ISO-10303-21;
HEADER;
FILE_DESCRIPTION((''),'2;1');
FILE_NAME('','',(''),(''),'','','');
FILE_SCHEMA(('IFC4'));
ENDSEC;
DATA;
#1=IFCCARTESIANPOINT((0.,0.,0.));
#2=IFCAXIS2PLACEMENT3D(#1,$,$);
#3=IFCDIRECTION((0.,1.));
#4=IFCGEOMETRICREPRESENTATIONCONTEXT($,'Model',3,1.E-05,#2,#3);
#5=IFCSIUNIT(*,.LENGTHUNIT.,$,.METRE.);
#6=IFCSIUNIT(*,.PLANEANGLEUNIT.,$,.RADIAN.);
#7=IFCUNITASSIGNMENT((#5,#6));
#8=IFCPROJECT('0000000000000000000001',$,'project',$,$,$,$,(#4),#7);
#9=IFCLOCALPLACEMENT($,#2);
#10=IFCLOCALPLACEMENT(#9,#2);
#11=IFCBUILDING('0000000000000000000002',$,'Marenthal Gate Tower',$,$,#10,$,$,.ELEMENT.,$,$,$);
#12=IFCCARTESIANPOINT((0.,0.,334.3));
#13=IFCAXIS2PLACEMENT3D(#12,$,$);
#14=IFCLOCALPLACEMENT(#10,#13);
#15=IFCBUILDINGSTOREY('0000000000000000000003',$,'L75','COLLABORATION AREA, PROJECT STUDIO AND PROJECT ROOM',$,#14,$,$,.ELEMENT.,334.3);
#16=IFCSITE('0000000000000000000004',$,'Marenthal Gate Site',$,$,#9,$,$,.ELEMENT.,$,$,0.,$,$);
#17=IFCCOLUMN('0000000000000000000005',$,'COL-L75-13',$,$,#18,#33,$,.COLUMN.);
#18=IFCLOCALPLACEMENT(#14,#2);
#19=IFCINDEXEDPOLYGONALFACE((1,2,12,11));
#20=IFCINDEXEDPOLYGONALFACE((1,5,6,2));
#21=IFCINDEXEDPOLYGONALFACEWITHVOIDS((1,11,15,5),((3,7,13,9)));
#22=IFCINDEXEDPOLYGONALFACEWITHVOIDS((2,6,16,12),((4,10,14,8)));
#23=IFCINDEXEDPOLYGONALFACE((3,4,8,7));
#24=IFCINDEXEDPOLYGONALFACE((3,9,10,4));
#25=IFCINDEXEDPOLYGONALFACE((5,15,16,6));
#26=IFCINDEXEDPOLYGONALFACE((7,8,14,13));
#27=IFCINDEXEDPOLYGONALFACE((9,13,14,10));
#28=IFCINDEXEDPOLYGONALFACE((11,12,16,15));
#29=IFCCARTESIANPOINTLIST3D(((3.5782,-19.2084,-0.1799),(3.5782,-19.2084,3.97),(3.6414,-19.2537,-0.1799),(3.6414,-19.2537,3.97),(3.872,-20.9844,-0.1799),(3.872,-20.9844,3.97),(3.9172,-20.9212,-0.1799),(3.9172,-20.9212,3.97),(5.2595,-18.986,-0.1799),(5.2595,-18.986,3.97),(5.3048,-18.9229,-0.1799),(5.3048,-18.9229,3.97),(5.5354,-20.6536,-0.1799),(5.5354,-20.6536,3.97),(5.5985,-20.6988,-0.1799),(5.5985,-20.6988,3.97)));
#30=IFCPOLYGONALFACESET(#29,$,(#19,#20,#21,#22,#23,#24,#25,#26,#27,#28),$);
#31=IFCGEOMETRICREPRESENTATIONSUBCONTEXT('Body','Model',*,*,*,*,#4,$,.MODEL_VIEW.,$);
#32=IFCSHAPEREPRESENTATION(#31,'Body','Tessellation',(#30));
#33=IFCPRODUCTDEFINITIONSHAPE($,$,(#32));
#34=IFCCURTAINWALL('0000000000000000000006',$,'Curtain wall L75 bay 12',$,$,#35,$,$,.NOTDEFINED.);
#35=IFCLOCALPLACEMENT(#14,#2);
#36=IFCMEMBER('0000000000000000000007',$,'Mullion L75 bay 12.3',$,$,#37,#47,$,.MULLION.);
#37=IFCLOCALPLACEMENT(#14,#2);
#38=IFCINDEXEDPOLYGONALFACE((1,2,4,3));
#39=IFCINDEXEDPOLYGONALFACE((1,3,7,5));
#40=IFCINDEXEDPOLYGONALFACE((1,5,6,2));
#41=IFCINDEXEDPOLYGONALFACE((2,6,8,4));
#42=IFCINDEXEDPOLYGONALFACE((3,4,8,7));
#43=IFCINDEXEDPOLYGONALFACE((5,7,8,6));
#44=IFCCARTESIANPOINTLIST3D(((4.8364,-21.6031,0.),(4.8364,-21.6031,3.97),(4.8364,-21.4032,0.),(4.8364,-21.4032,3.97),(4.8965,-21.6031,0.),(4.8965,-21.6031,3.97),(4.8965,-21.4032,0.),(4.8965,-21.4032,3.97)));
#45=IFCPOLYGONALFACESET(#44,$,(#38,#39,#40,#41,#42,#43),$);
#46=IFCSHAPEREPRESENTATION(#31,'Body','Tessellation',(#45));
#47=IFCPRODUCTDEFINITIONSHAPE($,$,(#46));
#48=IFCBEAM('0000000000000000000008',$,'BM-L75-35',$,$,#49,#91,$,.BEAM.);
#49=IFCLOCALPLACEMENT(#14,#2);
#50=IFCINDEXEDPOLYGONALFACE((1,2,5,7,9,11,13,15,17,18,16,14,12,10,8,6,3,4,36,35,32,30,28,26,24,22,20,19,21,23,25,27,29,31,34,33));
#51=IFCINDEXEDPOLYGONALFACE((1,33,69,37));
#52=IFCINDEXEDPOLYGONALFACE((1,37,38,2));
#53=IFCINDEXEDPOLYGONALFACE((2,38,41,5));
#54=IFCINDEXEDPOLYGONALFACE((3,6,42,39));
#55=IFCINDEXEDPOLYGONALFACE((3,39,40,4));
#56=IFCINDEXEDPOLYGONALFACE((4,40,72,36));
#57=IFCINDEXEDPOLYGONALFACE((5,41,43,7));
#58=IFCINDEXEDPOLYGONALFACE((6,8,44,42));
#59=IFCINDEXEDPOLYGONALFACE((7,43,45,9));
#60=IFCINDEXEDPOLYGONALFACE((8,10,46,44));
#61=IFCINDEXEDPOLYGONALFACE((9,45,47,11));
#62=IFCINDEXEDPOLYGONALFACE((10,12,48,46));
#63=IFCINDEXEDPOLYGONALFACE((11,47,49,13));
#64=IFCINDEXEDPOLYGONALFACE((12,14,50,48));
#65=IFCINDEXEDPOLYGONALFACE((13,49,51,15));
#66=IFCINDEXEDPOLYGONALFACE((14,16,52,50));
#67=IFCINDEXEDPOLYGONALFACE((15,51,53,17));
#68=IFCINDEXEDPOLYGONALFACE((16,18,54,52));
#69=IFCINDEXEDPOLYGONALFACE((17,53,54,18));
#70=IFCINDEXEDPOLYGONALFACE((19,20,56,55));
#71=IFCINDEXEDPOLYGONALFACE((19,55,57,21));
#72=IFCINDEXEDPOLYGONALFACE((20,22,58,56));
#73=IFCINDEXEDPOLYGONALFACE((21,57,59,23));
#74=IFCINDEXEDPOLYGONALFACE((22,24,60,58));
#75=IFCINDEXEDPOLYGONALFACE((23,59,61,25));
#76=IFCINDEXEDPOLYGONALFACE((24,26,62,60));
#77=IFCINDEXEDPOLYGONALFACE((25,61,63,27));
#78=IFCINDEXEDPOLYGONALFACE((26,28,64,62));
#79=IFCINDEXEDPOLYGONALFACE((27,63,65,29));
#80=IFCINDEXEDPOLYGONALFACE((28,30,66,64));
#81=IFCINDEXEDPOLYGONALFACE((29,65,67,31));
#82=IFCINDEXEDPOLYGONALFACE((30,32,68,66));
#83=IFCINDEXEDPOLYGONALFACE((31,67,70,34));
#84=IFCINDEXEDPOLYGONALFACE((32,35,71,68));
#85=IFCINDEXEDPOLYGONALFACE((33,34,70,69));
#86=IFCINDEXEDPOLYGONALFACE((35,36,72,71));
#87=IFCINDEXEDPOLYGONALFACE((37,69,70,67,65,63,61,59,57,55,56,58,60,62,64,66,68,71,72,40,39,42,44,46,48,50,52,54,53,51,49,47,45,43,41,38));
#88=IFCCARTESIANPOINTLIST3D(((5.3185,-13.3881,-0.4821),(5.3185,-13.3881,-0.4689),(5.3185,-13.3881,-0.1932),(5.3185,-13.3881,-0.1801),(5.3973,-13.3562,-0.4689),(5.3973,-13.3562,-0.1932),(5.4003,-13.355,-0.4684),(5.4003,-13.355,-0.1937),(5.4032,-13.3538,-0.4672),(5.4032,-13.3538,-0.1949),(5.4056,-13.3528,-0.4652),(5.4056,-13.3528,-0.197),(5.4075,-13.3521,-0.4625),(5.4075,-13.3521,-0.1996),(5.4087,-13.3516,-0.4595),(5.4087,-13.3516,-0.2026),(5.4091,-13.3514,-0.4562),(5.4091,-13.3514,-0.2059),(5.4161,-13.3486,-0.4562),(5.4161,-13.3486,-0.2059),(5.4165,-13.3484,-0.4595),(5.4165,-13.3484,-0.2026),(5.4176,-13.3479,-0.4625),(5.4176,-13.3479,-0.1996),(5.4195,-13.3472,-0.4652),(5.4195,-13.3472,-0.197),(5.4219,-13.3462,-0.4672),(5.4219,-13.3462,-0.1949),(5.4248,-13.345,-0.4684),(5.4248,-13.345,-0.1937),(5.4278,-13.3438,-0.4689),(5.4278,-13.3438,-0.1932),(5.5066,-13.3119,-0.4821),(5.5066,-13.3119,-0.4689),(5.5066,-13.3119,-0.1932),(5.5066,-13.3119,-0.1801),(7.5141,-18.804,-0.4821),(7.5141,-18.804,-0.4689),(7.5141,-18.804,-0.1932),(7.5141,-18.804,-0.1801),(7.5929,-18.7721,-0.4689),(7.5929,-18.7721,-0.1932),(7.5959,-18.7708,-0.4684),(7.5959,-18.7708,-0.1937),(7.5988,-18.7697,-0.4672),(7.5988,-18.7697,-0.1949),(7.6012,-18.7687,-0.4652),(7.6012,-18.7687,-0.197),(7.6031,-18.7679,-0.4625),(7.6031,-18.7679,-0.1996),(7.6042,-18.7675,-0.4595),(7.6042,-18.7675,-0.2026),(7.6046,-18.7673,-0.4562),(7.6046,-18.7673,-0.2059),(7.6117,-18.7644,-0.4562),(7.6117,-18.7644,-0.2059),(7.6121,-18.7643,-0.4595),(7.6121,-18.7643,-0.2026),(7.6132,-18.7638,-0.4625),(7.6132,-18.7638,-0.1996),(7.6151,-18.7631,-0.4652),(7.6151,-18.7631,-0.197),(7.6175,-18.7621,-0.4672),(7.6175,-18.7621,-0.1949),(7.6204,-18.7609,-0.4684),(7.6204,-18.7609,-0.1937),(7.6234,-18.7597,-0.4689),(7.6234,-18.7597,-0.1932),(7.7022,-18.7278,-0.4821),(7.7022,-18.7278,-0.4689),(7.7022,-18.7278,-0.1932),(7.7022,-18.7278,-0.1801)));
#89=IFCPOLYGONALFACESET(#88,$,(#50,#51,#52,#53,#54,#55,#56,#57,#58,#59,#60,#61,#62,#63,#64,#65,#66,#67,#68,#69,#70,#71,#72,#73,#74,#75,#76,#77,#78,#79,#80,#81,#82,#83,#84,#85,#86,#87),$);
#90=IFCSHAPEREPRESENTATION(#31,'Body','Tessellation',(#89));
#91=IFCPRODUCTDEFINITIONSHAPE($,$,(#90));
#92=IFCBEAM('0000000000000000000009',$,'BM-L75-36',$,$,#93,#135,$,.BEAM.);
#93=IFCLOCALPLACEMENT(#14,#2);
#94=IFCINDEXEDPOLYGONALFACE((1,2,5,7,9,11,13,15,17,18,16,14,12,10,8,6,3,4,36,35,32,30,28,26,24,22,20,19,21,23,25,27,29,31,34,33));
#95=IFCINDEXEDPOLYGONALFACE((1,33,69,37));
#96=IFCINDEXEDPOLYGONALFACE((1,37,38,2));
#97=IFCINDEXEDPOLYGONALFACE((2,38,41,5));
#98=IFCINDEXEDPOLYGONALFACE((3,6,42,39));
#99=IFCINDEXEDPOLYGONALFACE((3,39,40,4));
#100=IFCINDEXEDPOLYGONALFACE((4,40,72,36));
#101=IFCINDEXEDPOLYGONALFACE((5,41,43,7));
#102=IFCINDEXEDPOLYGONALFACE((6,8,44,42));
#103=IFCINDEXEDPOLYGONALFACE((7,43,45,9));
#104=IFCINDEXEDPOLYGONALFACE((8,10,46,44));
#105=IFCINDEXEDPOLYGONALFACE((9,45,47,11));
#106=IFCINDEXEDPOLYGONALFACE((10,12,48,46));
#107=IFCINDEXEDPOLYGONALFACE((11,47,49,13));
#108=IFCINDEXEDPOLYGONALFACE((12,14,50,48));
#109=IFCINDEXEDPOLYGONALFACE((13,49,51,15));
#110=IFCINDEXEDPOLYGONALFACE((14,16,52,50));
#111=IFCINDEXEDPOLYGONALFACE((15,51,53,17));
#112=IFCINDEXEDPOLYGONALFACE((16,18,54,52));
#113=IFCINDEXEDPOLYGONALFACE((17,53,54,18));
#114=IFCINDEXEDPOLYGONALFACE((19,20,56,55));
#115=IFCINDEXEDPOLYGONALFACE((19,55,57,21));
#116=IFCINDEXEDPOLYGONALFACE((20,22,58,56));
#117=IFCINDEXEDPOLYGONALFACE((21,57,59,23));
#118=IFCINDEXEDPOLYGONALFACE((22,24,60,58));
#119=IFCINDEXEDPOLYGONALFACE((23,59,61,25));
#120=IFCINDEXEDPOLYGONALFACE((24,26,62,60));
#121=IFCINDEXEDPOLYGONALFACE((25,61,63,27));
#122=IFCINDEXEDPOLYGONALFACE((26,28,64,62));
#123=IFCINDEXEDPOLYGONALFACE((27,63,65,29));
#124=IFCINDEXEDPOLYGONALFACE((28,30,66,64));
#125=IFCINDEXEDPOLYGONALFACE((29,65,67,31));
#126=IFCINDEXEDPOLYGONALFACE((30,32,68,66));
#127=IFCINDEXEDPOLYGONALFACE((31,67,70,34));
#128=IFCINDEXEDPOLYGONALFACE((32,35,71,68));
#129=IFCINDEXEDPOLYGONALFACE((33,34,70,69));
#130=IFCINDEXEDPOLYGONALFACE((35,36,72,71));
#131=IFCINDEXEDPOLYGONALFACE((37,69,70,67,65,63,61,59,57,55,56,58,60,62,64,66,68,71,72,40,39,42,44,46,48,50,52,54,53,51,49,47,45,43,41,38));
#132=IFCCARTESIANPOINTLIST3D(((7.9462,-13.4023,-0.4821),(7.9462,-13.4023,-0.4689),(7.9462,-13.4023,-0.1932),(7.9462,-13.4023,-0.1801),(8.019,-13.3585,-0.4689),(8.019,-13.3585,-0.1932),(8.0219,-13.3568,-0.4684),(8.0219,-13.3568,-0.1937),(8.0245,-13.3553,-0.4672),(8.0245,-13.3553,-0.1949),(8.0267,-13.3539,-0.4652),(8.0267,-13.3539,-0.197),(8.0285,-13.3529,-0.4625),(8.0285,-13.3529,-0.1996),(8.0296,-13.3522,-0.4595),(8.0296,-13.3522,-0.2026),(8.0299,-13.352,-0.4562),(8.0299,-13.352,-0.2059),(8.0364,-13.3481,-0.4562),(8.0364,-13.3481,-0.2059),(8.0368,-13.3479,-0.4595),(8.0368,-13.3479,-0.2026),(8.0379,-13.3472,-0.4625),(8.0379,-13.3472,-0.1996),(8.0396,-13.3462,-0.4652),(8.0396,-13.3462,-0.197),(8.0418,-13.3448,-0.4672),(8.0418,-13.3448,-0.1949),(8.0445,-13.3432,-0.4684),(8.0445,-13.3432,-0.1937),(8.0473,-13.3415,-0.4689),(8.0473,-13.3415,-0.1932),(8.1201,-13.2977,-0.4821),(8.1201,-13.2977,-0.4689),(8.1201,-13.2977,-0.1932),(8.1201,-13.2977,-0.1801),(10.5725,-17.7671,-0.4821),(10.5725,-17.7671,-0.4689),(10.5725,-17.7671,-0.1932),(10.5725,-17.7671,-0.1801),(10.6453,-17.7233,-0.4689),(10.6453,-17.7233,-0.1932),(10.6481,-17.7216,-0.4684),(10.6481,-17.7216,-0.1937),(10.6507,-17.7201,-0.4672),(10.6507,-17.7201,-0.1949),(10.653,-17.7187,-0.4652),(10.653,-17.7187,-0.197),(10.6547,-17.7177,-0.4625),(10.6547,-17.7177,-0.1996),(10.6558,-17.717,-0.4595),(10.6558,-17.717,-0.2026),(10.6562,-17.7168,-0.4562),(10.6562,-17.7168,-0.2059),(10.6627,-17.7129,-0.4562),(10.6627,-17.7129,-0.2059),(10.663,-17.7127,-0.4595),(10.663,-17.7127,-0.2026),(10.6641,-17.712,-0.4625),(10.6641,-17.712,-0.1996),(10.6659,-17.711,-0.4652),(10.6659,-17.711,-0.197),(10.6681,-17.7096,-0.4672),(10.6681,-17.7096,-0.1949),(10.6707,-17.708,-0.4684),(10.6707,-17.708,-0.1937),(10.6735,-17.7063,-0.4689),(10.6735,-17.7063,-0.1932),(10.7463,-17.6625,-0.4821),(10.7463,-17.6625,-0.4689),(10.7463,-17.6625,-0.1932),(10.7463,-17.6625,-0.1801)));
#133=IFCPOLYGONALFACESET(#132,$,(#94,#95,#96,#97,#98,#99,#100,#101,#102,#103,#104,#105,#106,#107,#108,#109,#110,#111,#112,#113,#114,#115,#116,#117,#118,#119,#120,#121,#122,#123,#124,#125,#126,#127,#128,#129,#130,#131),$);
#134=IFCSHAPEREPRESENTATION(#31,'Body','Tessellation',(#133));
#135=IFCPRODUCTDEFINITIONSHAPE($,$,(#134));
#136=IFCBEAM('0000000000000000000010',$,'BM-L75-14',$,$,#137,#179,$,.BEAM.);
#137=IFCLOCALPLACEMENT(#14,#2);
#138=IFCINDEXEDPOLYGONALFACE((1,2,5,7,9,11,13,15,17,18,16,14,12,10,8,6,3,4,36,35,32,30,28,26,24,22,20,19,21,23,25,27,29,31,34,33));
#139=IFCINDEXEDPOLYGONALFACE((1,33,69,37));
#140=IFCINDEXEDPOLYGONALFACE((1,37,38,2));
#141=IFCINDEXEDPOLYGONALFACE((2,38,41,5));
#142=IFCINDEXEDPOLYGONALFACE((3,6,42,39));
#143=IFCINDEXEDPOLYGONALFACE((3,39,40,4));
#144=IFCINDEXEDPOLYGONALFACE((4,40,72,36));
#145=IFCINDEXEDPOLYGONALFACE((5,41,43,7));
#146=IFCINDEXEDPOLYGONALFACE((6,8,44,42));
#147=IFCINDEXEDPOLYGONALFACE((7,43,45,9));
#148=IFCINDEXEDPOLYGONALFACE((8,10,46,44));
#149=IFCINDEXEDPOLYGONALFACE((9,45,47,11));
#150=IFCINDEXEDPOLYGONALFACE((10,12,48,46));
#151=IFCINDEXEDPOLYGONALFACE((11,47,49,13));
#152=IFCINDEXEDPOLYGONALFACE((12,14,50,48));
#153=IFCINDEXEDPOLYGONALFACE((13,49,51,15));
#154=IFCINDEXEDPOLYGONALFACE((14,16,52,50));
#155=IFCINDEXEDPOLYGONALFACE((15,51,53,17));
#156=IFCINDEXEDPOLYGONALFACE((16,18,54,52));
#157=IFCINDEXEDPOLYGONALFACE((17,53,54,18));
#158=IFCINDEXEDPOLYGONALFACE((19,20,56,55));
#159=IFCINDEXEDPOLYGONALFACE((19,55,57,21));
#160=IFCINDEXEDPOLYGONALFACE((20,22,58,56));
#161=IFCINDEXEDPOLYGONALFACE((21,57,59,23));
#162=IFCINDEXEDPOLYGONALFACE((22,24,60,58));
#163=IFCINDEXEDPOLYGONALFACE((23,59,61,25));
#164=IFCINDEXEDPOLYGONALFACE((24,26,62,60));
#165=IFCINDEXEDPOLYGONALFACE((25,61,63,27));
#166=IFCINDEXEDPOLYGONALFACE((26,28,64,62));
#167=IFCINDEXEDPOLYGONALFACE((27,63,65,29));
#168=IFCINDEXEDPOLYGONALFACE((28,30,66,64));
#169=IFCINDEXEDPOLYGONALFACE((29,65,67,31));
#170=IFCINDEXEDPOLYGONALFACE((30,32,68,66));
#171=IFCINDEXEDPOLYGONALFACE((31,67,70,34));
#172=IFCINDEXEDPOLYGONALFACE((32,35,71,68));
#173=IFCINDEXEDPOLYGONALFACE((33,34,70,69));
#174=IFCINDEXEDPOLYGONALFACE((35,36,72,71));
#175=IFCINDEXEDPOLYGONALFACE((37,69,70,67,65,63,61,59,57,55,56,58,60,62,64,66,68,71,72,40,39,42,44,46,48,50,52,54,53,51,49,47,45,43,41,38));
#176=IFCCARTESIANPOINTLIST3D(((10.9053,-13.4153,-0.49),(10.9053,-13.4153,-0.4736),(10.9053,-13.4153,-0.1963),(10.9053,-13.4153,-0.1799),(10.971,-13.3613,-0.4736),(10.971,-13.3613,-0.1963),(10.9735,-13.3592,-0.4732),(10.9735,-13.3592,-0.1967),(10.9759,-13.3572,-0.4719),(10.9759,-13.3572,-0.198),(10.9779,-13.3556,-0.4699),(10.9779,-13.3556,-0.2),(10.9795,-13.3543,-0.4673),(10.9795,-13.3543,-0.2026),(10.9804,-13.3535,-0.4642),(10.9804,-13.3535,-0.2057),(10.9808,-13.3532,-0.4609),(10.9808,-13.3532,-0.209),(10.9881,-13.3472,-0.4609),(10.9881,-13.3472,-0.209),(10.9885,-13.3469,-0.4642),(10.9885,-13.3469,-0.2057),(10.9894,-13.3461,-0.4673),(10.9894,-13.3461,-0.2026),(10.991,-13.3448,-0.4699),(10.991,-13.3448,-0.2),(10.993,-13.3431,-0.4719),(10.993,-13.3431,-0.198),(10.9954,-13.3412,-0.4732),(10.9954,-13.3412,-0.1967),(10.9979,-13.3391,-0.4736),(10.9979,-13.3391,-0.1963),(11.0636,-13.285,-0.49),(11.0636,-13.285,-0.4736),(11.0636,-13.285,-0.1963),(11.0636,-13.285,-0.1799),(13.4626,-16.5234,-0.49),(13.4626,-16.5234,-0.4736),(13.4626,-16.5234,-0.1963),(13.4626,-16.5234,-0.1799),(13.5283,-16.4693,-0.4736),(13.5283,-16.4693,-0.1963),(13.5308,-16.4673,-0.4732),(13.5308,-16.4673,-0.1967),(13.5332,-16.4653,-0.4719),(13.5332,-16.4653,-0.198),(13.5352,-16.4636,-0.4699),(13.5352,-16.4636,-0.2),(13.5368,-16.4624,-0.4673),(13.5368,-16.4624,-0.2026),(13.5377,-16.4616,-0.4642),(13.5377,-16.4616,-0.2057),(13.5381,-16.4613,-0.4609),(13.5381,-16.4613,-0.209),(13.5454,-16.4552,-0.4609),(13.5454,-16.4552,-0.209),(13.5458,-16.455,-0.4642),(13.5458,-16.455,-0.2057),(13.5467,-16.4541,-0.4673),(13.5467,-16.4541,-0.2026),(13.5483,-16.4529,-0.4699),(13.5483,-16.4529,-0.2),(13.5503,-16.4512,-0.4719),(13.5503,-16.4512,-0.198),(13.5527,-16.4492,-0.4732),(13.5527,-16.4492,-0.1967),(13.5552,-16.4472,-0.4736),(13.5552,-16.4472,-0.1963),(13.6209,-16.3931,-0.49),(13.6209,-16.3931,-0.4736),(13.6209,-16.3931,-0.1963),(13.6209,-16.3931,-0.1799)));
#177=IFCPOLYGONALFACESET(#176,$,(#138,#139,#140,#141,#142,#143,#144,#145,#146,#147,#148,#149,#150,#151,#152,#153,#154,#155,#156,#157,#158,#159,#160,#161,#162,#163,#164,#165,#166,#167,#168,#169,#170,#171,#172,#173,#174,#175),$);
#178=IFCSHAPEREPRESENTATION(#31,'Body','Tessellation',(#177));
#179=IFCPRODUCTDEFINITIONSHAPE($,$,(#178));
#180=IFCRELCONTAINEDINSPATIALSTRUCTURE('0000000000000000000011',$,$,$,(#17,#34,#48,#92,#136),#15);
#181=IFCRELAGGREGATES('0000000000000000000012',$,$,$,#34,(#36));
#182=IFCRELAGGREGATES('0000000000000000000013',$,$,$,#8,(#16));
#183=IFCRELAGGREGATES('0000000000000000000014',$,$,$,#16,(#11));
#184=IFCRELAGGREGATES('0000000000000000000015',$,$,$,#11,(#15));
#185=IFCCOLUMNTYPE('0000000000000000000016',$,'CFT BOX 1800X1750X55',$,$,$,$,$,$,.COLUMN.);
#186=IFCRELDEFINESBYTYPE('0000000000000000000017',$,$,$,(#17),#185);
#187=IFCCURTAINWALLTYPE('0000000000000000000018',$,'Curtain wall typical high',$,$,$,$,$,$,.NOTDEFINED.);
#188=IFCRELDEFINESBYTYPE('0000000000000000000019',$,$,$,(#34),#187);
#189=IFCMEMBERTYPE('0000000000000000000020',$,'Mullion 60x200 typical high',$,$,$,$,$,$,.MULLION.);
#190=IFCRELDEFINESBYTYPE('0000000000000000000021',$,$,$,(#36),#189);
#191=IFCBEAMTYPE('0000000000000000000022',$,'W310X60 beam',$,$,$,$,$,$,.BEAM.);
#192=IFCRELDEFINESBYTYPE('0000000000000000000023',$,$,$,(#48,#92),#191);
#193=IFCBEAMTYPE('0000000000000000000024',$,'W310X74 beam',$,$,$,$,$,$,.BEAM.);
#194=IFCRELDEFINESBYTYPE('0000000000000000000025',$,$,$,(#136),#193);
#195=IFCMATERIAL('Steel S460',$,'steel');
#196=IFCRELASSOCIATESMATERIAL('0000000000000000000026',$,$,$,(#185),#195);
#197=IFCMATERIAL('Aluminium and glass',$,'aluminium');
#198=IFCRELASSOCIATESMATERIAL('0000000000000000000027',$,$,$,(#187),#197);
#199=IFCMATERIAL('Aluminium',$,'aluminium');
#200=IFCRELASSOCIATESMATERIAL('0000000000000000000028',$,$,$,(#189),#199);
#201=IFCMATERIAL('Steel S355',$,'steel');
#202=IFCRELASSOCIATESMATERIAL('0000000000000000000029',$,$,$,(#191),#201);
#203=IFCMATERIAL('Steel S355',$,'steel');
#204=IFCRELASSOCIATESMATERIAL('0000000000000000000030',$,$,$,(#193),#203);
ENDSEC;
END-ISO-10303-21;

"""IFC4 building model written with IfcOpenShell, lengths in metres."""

from ifc_helpers import new_model, si_unit, direction, frame, origin, origin_2d, place, context, subcontext, project, spatial, rectangle, hollow_rectangle, i_section, extrude, material, material_profile, profile_set, type_object, element, aggregate, save


model = new_model("IFC4")

# Units and contexts
model_context = context("Model", 3, precision=1e-05, world=origin(), true_north=direction((0.0, 1.0)))
body_context = subcontext(model_context, "Body", "Model", "MODEL_VIEW")
ifc_project = project(units=[si_unit("LENGTHUNIT", "METRE"), si_unit("PLANEANGLEUNIT", "RADIAN")], contexts=[model_context])

# Site, building, storey
site_placement = place(None, origin())
site = spatial("IfcSite", under=ifc_project, at=site_placement, Name="Marenthal Gate Site", CompositionType="ELEMENT", RefElevation=0.0)
building_placement = place(site_placement, origin())
building = spatial("IfcBuilding", under=site, at=building_placement, Name="Marenthal Gate Tower", CompositionType="ELEMENT")
storey_placement = place(building_placement, frame((0.0, 0.0, 334.3)))
storey = spatial("IfcBuildingStorey", under=building, at=storey_placement, Name="L75", Description="COLLABORATION AREA, PROJECT STUDIO AND PROJECT ROOM", CompositionType="ELEMENT", Elevation=334.3)

# Column
ifc_material_1 = material(Name="Steel S460", Category="steel")
ifc_material_profile_1 = material_profile(ifc_material_1, hollow_rectangle(XDim=1.75, YDim=1.8, WallThickness=0.0549, at=origin_2d()), Name="CFT BOX 1800X1750X55")
ifc_material_2 = material(Name="Concrete 70 MPa", Category="concrete")
ifc_material_profile_2 = material_profile(ifc_material_2, rectangle(XDim=1.6399, YDim=1.6899, at=origin_2d()), Name="CFT BOX 1800X1750X55 INFILL")
ifc_profile_set_1 = profile_set([ifc_material_profile_1, ifc_material_profile_2], Name="Steel S460 shell, Concrete 70 MPa infill")
column_type = type_object("IfcColumnType", Name="CFT BOX 1800X1750X55", PredefinedType="COLUMN", material=ifc_profile_set_1)
column_placement = place(storey_placement, frame((4.5884, -19.9536, -0.1799), z_axis=(0.0, 0.0, 1.0), x_axis=(-0.986595, -0.163188, 0.0)))
element("IfcColumn", 1, at=column_placement, inside=storey, type_object=column_type, Name="COL-L75-13", PredefinedType="COLUMN", context=body_context, shape_type="SweptSolid", body=[
    extrude(hollow_rectangle(XDim=1.75, YDim=1.8, WallThickness=0.0549, at=origin_2d()), origin(), (0.0, 0.0, 1.0), 4.1499),
])

# Curtain wall, member
ifc_material_3 = material(Name="Aluminium and glass", Category="aluminium")
curtain_wall_type = type_object("IfcCurtainWallType", Name="Curtain wall typical high", PredefinedType="NOTDEFINED", material=ifc_material_3)
curtain_wall_placement = place(storey_placement, origin())
curtain_wall = element("IfcCurtainWall", 2, at=curtain_wall_placement, inside=storey, type_object=curtain_wall_type, Name="Curtain wall L75 bay 12", PredefinedType="NOTDEFINED")
ifc_material_4 = material(Name="Aluminium", Category="aluminium")
ifc_material_profile_3 = material_profile(ifc_material_4, rectangle(XDim=0.2, YDim=0.0601, at=origin_2d()), Name="60x200 aluminium mullion")
ifc_profile_set_2 = profile_set([ifc_material_profile_3], Name="Aluminium")
member_type = type_object("IfcMemberType", Name="Mullion 60x200 typical high", PredefinedType="MULLION", material=ifc_profile_set_2)
member_placement = place(storey_placement, frame((4.8665, -21.5032, 0.0), z_axis=(0.0, 0.0, 1.0), x_axis=(0.0, 1.0, 0.0)))
member = element("IfcMember", 3, at=member_placement, type_object=member_type, Name="Mullion L75 bay 12.3", PredefinedType="MULLION", context=body_context, shape_type="SweptSolid", body=[
    extrude(rectangle(XDim=0.2, YDim=0.0601, at=origin_2d()), origin(), (0.0, 0.0, 1.0), 3.97),
])

# Beams
ifc_material_5 = material(Name="Steel S355", Category="steel")
ifc_material_profile_4 = material_profile(ifc_material_5, i_section(OverallWidth=0.2029, OverallDepth=0.302, WebThickness=0.0076, FlangeThickness=0.0132, FilletRadius=0.0127, at=origin_2d()), Name="W310X60")
ifc_profile_set_3 = profile_set([ifc_material_profile_4], Name="Steel S355")
beam_type_1 = type_object("IfcBeamType", Name="W310X60 beam", PredefinedType="BEAM", material=ifc_profile_set_3)
beam_1_placement = place(storey_placement, frame((7.6082, -18.7659, -0.3311), z_axis=(-0.375701, 0.926741, 0.0), x_axis=(-0.926741, -0.375701, 0.0)))
element("IfcBeam", 4, at=beam_1_placement, inside=storey, type_object=beam_type_1, Name="BM-L75-35", PredefinedType="BEAM", context=body_context, shape_type="SweptSolid", body=[
    extrude(i_section(OverallWidth=0.2029, OverallDepth=0.302, WebThickness=0.0076, FlangeThickness=0.0132, FilletRadius=0.0127, at=origin_2d()), origin(), (0.0, 0.0, 1.0), 5.844),
])
beam_2_placement = place(storey_placement, frame((10.6594, -17.7148, -0.3311), z_axis=(-0.51556, 0.856854, 0.0), x_axis=(-0.856854, -0.51556, 0.0)))
element("IfcBeam", 5, at=beam_2_placement, inside=storey, type_object=beam_type_1, Name="BM-L75-36", PredefinedType="BEAM", context=body_context, shape_type="SweptSolid", body=[
    extrude(i_section(OverallWidth=0.2029, OverallDepth=0.302, WebThickness=0.0076, FlangeThickness=0.0132, FilletRadius=0.0127, at=origin_2d()), origin(), (0.0, 0.0, 1.0), 5.094),
])
ifc_material_6 = material(Name="Steel S355", Category="steel")
ifc_material_profile_5 = material_profile(ifc_material_6, i_section(OverallWidth=0.2051, OverallDepth=0.3101, WebThickness=0.0095, FlangeThickness=0.0164, FilletRadius=0.0127, at=origin_2d()), Name="W310X74")
ifc_profile_set_4 = profile_set([ifc_material_profile_5], Name="Steel S355")
beam_type_2 = type_object("IfcBeamType", Name="W310X74 beam", PredefinedType="BEAM", material=ifc_profile_set_4)
beam_3_placement = place(storey_placement, frame((13.5417, -16.4583, -0.335), z_axis=(-0.635369, 0.772209, 0.0), x_axis=(-0.772209, -0.635369, 0.0)))
element("IfcBeam", 6, at=beam_3_placement, inside=storey, type_object=beam_type_2, Name="BM-L75-14", PredefinedType="BEAM", context=body_context, shape_type="SweptSolid", body=[
    extrude(i_section(OverallWidth=0.2051, OverallDepth=0.3101, WebThickness=0.0095, FlangeThickness=0.0164, FilletRadius=0.0127, at=origin_2d()), origin(), (0.0, 0.0, 1.0), 4.0249),
])

aggregate(curtain_wall, [member])

save(model, "model.ifc")
